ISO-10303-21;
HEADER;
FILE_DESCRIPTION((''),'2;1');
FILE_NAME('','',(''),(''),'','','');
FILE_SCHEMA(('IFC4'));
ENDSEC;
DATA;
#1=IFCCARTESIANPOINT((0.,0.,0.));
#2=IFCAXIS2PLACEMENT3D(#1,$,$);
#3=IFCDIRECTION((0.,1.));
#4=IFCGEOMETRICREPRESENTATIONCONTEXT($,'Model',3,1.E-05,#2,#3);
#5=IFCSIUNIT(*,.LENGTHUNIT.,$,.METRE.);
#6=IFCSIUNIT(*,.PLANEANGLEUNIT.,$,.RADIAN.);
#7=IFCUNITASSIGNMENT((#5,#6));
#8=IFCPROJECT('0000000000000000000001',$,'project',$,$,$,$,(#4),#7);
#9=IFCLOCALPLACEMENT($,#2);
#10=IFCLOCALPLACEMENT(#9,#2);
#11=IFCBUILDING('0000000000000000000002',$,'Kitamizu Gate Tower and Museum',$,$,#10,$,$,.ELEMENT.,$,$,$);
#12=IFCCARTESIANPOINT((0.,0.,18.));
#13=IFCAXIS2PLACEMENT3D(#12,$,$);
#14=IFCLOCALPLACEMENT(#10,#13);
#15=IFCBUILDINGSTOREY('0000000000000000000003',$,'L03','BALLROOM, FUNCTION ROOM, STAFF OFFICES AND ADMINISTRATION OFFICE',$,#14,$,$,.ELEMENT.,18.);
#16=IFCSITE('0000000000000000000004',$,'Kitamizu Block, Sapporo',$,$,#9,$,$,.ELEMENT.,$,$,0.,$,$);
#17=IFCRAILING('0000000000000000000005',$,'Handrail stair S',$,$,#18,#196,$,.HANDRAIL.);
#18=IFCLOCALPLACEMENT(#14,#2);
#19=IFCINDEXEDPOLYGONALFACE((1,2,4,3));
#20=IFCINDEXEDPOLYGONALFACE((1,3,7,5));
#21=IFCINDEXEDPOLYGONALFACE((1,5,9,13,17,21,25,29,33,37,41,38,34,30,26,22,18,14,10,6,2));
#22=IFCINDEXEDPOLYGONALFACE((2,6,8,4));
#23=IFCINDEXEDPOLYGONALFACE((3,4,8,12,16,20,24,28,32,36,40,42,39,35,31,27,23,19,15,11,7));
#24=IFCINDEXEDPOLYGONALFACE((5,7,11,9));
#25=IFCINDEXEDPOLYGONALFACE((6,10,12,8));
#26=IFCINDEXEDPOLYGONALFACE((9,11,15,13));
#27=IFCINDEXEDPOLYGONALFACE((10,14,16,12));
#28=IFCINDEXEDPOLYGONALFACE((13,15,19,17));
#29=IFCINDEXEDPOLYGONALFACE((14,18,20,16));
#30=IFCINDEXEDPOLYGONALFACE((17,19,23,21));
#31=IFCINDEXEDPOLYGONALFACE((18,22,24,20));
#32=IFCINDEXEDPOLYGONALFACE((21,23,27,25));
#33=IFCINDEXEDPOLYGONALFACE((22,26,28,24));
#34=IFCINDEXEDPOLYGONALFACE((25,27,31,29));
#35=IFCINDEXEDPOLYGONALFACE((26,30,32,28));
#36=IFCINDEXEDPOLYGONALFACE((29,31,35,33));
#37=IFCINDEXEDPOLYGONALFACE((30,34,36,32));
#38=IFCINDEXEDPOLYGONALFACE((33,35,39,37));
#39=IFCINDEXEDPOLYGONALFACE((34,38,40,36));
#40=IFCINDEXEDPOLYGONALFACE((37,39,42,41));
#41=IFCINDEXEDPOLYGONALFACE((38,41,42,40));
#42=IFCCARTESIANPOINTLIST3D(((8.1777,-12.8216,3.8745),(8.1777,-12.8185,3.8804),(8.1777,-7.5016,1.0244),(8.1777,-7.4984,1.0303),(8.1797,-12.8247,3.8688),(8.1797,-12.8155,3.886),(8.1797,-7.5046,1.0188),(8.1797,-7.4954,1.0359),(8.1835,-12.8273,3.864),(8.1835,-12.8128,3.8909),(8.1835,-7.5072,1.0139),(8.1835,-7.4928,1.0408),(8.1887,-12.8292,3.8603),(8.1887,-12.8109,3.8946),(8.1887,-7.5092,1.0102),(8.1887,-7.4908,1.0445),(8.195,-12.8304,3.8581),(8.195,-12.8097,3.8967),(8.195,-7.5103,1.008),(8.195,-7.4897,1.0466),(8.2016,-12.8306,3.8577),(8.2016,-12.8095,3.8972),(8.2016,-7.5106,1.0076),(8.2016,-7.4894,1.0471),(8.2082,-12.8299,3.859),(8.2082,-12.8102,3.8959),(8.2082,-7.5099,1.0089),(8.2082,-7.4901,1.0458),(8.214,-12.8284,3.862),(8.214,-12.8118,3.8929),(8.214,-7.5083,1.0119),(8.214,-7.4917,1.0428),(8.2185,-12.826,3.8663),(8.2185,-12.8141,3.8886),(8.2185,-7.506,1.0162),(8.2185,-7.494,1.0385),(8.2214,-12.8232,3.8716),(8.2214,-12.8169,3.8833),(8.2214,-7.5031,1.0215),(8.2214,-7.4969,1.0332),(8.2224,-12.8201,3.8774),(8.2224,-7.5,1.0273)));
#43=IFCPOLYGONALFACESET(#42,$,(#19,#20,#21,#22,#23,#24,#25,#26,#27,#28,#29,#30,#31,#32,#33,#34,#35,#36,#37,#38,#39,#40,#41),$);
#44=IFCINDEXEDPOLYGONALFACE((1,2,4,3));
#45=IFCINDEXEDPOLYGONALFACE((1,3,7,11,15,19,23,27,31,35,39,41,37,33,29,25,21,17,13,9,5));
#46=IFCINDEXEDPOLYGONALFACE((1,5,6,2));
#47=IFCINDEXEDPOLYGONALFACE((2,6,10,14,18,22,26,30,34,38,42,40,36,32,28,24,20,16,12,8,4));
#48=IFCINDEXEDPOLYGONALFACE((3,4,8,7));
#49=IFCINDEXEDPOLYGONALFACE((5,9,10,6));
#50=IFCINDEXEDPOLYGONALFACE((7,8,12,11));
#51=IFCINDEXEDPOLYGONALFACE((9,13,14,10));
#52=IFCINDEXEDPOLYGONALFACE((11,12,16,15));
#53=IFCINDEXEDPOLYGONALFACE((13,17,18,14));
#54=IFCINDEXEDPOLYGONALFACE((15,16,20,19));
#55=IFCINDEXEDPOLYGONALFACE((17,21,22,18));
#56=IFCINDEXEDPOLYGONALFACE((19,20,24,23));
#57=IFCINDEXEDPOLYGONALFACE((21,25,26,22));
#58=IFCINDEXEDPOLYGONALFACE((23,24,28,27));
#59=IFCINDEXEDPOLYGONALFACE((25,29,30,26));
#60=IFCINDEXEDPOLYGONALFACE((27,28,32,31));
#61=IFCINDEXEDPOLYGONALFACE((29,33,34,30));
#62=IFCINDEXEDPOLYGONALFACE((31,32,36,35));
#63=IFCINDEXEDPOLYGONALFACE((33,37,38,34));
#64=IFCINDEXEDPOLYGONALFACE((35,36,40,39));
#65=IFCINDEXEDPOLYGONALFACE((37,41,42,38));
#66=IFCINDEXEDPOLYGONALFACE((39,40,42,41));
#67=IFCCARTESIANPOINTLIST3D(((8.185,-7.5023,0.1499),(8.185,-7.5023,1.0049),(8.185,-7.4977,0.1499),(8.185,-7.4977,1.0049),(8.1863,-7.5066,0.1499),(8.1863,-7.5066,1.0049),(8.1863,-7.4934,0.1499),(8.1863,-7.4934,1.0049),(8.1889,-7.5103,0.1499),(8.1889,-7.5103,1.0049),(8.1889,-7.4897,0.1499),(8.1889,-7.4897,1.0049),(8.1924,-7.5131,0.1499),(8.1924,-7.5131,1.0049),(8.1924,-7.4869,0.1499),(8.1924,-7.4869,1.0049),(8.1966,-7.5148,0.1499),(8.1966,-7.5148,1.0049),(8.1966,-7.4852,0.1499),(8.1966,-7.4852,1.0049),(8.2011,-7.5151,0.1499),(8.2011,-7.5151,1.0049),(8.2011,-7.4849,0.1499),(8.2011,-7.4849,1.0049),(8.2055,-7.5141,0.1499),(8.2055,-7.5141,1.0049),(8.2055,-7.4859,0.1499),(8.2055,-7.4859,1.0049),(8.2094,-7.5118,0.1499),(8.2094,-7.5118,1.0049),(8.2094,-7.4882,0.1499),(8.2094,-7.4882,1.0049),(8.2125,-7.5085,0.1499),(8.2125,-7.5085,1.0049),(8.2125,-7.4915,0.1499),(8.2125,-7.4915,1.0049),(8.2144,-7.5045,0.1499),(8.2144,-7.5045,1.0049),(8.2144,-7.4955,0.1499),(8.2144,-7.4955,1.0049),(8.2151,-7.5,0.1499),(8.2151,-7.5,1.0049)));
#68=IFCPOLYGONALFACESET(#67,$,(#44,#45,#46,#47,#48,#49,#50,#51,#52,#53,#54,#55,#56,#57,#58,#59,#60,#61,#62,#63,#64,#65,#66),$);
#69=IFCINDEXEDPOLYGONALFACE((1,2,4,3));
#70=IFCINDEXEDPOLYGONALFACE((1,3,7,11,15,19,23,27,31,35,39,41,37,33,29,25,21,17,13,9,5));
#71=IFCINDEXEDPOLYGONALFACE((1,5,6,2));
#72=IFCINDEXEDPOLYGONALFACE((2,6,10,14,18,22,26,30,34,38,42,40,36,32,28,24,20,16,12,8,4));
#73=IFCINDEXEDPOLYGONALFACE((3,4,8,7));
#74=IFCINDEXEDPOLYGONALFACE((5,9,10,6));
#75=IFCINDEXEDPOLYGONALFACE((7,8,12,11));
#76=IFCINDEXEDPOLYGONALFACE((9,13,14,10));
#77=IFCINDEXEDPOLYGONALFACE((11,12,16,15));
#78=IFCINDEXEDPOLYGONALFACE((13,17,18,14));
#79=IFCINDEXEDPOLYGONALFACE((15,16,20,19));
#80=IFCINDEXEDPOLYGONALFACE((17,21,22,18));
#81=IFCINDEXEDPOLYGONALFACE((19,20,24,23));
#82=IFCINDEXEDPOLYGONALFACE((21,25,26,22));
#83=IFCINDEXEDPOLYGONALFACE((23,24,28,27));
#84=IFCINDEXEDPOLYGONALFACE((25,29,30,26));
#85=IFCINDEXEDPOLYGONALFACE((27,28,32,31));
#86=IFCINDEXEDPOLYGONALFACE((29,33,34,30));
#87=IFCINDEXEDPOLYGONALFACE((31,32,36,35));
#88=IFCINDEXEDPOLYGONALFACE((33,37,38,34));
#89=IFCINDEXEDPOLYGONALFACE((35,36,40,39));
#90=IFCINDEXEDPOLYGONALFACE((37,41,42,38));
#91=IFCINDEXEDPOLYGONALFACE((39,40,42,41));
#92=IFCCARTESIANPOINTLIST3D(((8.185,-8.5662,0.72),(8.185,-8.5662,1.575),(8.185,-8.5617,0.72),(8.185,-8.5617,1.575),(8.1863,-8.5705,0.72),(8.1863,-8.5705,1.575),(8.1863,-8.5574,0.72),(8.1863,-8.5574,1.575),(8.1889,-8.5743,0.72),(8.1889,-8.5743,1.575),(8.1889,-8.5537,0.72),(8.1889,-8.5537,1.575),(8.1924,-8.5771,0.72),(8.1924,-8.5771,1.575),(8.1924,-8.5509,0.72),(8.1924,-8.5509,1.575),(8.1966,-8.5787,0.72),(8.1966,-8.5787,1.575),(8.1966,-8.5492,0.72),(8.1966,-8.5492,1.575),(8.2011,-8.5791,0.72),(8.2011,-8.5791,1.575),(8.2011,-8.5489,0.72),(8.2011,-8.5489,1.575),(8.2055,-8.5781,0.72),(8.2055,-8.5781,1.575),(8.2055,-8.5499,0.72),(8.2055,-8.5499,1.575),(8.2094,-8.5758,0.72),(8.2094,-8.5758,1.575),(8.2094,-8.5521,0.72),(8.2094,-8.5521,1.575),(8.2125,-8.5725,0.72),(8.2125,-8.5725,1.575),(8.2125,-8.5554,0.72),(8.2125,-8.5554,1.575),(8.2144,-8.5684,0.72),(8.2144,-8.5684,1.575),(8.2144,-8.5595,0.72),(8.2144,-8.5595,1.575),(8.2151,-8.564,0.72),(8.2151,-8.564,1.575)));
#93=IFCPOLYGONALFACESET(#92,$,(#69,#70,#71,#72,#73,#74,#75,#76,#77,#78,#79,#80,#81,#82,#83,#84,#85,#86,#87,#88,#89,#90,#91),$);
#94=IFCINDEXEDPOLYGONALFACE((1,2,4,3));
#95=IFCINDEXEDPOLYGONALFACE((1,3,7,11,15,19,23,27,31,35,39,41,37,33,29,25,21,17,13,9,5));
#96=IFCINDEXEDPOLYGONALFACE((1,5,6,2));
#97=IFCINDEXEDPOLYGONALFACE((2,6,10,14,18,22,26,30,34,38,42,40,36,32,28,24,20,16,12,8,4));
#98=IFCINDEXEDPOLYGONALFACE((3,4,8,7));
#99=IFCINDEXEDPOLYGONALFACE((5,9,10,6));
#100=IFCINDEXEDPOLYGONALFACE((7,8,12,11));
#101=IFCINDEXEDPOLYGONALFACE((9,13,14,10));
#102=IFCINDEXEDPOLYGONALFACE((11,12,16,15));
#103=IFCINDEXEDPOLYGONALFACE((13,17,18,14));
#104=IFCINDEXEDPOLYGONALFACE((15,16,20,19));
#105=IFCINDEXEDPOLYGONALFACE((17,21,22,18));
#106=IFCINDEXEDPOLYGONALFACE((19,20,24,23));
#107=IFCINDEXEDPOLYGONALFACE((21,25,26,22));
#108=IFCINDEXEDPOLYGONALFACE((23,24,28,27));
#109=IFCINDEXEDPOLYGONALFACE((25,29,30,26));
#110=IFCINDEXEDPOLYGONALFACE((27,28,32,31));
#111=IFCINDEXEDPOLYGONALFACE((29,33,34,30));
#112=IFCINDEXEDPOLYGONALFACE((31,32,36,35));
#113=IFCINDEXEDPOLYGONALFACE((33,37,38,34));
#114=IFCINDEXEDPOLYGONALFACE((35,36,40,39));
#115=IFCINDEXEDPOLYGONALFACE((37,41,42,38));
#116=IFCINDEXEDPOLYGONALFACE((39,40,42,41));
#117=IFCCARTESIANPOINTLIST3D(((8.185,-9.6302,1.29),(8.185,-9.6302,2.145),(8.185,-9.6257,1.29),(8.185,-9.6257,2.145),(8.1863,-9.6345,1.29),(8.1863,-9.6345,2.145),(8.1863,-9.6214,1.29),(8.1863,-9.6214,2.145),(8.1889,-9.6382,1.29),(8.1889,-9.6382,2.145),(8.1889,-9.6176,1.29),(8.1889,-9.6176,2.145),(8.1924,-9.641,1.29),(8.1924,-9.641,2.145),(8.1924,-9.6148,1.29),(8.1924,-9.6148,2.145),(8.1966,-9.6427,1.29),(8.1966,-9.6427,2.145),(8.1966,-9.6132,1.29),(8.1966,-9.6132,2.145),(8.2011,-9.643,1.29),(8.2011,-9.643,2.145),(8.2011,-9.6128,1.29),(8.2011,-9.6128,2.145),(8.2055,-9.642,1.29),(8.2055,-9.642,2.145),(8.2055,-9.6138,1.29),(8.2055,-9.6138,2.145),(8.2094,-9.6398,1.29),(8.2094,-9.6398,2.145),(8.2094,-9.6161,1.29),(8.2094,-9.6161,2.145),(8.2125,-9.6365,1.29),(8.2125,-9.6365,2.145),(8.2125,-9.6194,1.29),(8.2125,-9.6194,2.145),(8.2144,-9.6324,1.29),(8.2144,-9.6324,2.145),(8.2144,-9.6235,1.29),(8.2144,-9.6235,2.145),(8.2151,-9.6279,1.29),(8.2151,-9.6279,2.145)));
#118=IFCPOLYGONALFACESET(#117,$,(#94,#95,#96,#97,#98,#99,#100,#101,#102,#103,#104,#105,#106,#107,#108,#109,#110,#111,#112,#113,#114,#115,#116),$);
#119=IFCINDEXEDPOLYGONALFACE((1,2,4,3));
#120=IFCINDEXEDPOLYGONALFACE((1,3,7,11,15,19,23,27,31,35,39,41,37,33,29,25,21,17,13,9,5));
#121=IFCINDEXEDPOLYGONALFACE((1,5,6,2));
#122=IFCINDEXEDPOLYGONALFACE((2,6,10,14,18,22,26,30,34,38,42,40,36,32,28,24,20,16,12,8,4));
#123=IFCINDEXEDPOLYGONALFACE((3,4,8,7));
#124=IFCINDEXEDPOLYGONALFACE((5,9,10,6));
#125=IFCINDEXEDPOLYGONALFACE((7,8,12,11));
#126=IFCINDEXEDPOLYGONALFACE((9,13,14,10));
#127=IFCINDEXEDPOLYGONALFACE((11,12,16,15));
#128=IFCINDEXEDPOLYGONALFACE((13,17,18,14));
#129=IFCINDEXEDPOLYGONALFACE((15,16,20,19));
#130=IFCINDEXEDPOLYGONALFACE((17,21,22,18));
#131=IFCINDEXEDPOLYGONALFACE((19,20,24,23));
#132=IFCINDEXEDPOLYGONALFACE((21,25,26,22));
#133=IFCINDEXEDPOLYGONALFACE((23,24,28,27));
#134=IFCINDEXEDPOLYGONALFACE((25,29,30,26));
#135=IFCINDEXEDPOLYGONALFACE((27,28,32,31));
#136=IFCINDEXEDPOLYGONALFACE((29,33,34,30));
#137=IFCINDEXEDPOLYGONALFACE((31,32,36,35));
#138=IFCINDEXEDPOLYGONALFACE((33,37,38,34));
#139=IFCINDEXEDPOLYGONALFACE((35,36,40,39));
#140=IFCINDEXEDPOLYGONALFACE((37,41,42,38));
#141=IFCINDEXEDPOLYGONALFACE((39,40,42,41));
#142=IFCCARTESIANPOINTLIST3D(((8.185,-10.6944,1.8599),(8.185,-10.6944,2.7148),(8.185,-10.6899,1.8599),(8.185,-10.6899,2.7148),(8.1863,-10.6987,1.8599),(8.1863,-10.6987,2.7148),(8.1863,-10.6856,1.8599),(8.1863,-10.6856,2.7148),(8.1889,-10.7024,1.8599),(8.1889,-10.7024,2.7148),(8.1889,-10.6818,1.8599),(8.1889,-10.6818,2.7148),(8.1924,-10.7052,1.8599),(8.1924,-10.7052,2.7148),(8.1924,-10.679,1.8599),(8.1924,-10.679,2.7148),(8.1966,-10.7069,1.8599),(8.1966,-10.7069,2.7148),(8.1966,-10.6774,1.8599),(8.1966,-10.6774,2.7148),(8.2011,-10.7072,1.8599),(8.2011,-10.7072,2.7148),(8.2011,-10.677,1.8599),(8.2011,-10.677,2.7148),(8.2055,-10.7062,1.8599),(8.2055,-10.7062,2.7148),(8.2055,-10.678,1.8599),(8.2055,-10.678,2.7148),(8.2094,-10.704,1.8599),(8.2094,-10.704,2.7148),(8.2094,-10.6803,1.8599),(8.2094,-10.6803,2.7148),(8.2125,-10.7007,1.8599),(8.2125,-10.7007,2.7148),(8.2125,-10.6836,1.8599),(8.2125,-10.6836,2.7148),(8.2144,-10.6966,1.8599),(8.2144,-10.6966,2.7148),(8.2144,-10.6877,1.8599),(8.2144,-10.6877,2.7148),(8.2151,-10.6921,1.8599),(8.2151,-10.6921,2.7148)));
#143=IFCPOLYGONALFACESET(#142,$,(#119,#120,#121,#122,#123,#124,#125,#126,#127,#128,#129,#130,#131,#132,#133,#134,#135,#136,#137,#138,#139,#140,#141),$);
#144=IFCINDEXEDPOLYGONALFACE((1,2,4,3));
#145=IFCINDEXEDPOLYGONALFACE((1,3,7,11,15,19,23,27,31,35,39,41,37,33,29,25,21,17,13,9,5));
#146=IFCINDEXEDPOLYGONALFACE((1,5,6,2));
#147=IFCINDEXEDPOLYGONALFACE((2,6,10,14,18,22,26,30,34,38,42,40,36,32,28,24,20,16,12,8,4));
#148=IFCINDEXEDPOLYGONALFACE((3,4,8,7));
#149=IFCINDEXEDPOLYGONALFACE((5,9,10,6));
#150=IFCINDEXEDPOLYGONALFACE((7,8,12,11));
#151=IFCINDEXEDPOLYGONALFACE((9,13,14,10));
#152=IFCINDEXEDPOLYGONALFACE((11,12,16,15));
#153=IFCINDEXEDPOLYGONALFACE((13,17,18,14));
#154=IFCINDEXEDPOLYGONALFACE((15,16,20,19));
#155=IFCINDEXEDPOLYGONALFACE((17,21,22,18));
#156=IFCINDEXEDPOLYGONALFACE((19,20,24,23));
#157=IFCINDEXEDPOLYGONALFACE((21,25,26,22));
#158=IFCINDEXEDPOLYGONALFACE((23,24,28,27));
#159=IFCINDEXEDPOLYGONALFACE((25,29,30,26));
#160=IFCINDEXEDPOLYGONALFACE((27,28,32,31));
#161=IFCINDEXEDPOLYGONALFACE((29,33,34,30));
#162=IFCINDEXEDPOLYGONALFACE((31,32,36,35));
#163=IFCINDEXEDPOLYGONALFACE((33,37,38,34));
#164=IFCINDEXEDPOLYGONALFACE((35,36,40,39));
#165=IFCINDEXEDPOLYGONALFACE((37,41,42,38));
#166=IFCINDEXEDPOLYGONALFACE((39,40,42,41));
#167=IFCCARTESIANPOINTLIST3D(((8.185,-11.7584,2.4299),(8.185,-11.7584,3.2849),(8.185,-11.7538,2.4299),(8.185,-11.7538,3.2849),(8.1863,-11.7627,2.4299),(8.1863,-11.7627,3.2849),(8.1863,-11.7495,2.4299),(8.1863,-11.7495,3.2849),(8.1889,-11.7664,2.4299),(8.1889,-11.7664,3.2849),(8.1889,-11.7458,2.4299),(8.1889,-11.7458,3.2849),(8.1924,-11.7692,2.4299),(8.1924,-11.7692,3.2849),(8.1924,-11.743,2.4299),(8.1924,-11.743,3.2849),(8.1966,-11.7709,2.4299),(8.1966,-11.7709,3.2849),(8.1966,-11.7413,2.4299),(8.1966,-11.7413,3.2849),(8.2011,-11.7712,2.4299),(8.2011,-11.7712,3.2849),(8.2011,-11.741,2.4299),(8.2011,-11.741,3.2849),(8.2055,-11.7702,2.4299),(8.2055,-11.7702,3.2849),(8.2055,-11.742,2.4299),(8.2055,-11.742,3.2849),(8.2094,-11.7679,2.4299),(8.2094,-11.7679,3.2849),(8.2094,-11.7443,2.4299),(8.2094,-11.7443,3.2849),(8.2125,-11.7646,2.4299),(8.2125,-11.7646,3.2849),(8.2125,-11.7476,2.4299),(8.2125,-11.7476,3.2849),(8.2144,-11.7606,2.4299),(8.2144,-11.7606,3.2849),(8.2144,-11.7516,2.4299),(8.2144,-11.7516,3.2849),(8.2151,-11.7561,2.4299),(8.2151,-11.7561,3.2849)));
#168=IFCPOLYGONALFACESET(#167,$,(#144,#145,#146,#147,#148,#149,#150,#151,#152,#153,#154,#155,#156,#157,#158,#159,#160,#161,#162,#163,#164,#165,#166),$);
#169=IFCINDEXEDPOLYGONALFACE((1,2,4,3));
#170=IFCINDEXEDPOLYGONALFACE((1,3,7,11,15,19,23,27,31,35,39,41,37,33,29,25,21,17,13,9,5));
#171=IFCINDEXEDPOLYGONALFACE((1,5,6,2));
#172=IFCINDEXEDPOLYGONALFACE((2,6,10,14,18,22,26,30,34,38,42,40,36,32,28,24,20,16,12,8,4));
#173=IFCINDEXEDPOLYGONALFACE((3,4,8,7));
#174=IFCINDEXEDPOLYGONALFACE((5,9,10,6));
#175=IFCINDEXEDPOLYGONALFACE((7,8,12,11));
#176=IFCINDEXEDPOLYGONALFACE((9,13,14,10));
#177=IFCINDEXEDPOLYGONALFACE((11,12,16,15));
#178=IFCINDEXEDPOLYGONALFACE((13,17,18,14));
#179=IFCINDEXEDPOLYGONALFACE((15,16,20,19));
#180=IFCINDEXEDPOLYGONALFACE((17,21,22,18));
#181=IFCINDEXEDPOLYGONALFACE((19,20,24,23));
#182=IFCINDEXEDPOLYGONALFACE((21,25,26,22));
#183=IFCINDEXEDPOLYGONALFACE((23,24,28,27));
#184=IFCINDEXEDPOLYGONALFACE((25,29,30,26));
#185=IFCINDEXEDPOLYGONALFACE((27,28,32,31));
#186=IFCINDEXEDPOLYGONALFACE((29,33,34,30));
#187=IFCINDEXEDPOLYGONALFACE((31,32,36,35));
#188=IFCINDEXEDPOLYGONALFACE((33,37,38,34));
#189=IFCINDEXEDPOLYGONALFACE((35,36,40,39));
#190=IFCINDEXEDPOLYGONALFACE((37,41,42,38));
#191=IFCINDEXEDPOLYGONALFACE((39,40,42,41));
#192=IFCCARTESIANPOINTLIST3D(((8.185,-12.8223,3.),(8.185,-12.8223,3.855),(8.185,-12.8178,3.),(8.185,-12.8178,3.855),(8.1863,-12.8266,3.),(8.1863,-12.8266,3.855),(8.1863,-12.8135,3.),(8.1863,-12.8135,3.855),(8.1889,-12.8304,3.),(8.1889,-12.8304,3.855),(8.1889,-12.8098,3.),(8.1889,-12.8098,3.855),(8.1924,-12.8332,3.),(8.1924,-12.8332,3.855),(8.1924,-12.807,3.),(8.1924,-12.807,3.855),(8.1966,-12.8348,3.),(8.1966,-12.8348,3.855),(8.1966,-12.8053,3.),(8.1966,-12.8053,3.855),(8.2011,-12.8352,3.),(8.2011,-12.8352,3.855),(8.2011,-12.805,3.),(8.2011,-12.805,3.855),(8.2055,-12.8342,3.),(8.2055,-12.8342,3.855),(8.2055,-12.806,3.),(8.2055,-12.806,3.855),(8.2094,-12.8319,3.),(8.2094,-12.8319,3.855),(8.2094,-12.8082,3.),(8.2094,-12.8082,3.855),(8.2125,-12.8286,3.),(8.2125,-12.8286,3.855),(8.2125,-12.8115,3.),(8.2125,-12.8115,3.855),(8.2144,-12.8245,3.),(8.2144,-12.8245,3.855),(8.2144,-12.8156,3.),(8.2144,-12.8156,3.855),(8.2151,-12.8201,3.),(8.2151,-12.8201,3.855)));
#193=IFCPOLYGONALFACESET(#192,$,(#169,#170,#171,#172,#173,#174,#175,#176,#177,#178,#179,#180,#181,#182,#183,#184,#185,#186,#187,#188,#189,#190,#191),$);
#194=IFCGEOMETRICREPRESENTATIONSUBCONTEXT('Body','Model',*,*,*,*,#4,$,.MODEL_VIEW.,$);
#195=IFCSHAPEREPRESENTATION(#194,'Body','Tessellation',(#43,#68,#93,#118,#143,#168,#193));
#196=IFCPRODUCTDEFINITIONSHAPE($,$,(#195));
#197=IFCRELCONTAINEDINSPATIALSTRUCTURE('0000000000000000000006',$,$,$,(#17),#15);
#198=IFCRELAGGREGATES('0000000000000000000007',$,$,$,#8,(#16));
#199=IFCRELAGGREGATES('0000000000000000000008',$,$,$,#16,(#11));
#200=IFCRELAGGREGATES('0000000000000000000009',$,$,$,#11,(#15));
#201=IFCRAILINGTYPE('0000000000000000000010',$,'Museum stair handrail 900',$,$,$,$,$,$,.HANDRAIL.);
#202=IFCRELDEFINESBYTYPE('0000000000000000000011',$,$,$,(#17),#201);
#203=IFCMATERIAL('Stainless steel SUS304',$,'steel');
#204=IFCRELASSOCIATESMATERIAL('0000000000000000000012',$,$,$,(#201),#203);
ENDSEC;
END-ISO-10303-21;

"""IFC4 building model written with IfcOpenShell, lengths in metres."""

from ifc_helpers import new_model, si_unit, direction, frame, origin, origin_2d, place, context, subcontext, project, spatial, circle, extrude, material, type_object, element, save


model = new_model("IFC4")

# Units and contexts
model_context = context("Model", 3, precision=1e-05, world=origin(), true_north=direction((0.0, 1.0)))
body_context = subcontext(model_context, "Body", "Model", "MODEL_VIEW")
ifc_project = project(units=[si_unit("LENGTHUNIT", "METRE"), si_unit("PLANEANGLEUNIT", "RADIAN")], contexts=[model_context])

# Site, building, storey
site_placement = place(None, origin())
site = spatial("IfcSite", under=ifc_project, at=site_placement, Name="Kitamizu Block, Sapporo", CompositionType="ELEMENT", RefElevation=0.0)
building_placement = place(site_placement, origin())
building = spatial("IfcBuilding", under=site, at=building_placement, Name="Kitamizu Gate Tower and Museum", CompositionType="ELEMENT")
storey_placement = place(building_placement, frame((0.0, 0.0, 18.0)))
storey = spatial("IfcBuildingStorey", under=building, at=storey_placement, Name="L03", Description="BALLROOM, FUNCTION ROOM, STAFF OFFICES AND ADMINISTRATION OFFICE", CompositionType="ELEMENT", Elevation=18.0)

# Railing
ifc_material_1 = material(Name="Stainless steel SUS304", Category="steel")
railing_type = type_object("IfcRailingType", Name="Museum stair handrail 900", PredefinedType="HANDRAIL", material=ifc_material_1)
for number, where, name in (
    (1, (8.2, -7.5, 0.1499), "Handrail stair S"),
):
    element("IfcRailing", number, at=place(storey_placement, frame(where)), inside=storey, type_object=railing_type, Name=name, PredefinedType="HANDRAIL", context=body_context, shape_type="SweptSolid", body=[
        extrude(circle(Radius=0.0225, at=origin_2d()), frame((0.0, 0.0, 0.8774), z_axis=(0.0, -0.881476, 0.472229), x_axis=(1.0, 0.0, 0.0)), (0.0, 0.0, 1.0), 6.0354),
        extrude(circle(Radius=0.0151, at=origin_2d()), origin(), (0.0, 0.0, 1.0), 0.855),
        extrude(circle(Radius=0.0151, at=origin_2d()), frame((0.0, -1.064, 0.5701)), (0.0, 0.0, 1.0), 0.855),
        extrude(circle(Radius=0.0151, at=origin_2d()), frame((0.0, -2.1279, 1.1401)), (0.0, 0.0, 1.0), 0.855),
        extrude(circle(Radius=0.0151, at=origin_2d()), frame((0.0, -3.1921, 1.71)), (0.0, 0.0, 1.0), 0.855),
        extrude(circle(Radius=0.0151, at=origin_2d()), frame((0.0, -4.2561, 2.28)), (0.0, 0.0, 1.0), 0.855),
        extrude(circle(Radius=0.0151, at=origin_2d()), frame((0.0, -5.3201, 2.8501)), (0.0, 0.0, 1.0), 0.855),
    ])

save(model, "model.ifc")
